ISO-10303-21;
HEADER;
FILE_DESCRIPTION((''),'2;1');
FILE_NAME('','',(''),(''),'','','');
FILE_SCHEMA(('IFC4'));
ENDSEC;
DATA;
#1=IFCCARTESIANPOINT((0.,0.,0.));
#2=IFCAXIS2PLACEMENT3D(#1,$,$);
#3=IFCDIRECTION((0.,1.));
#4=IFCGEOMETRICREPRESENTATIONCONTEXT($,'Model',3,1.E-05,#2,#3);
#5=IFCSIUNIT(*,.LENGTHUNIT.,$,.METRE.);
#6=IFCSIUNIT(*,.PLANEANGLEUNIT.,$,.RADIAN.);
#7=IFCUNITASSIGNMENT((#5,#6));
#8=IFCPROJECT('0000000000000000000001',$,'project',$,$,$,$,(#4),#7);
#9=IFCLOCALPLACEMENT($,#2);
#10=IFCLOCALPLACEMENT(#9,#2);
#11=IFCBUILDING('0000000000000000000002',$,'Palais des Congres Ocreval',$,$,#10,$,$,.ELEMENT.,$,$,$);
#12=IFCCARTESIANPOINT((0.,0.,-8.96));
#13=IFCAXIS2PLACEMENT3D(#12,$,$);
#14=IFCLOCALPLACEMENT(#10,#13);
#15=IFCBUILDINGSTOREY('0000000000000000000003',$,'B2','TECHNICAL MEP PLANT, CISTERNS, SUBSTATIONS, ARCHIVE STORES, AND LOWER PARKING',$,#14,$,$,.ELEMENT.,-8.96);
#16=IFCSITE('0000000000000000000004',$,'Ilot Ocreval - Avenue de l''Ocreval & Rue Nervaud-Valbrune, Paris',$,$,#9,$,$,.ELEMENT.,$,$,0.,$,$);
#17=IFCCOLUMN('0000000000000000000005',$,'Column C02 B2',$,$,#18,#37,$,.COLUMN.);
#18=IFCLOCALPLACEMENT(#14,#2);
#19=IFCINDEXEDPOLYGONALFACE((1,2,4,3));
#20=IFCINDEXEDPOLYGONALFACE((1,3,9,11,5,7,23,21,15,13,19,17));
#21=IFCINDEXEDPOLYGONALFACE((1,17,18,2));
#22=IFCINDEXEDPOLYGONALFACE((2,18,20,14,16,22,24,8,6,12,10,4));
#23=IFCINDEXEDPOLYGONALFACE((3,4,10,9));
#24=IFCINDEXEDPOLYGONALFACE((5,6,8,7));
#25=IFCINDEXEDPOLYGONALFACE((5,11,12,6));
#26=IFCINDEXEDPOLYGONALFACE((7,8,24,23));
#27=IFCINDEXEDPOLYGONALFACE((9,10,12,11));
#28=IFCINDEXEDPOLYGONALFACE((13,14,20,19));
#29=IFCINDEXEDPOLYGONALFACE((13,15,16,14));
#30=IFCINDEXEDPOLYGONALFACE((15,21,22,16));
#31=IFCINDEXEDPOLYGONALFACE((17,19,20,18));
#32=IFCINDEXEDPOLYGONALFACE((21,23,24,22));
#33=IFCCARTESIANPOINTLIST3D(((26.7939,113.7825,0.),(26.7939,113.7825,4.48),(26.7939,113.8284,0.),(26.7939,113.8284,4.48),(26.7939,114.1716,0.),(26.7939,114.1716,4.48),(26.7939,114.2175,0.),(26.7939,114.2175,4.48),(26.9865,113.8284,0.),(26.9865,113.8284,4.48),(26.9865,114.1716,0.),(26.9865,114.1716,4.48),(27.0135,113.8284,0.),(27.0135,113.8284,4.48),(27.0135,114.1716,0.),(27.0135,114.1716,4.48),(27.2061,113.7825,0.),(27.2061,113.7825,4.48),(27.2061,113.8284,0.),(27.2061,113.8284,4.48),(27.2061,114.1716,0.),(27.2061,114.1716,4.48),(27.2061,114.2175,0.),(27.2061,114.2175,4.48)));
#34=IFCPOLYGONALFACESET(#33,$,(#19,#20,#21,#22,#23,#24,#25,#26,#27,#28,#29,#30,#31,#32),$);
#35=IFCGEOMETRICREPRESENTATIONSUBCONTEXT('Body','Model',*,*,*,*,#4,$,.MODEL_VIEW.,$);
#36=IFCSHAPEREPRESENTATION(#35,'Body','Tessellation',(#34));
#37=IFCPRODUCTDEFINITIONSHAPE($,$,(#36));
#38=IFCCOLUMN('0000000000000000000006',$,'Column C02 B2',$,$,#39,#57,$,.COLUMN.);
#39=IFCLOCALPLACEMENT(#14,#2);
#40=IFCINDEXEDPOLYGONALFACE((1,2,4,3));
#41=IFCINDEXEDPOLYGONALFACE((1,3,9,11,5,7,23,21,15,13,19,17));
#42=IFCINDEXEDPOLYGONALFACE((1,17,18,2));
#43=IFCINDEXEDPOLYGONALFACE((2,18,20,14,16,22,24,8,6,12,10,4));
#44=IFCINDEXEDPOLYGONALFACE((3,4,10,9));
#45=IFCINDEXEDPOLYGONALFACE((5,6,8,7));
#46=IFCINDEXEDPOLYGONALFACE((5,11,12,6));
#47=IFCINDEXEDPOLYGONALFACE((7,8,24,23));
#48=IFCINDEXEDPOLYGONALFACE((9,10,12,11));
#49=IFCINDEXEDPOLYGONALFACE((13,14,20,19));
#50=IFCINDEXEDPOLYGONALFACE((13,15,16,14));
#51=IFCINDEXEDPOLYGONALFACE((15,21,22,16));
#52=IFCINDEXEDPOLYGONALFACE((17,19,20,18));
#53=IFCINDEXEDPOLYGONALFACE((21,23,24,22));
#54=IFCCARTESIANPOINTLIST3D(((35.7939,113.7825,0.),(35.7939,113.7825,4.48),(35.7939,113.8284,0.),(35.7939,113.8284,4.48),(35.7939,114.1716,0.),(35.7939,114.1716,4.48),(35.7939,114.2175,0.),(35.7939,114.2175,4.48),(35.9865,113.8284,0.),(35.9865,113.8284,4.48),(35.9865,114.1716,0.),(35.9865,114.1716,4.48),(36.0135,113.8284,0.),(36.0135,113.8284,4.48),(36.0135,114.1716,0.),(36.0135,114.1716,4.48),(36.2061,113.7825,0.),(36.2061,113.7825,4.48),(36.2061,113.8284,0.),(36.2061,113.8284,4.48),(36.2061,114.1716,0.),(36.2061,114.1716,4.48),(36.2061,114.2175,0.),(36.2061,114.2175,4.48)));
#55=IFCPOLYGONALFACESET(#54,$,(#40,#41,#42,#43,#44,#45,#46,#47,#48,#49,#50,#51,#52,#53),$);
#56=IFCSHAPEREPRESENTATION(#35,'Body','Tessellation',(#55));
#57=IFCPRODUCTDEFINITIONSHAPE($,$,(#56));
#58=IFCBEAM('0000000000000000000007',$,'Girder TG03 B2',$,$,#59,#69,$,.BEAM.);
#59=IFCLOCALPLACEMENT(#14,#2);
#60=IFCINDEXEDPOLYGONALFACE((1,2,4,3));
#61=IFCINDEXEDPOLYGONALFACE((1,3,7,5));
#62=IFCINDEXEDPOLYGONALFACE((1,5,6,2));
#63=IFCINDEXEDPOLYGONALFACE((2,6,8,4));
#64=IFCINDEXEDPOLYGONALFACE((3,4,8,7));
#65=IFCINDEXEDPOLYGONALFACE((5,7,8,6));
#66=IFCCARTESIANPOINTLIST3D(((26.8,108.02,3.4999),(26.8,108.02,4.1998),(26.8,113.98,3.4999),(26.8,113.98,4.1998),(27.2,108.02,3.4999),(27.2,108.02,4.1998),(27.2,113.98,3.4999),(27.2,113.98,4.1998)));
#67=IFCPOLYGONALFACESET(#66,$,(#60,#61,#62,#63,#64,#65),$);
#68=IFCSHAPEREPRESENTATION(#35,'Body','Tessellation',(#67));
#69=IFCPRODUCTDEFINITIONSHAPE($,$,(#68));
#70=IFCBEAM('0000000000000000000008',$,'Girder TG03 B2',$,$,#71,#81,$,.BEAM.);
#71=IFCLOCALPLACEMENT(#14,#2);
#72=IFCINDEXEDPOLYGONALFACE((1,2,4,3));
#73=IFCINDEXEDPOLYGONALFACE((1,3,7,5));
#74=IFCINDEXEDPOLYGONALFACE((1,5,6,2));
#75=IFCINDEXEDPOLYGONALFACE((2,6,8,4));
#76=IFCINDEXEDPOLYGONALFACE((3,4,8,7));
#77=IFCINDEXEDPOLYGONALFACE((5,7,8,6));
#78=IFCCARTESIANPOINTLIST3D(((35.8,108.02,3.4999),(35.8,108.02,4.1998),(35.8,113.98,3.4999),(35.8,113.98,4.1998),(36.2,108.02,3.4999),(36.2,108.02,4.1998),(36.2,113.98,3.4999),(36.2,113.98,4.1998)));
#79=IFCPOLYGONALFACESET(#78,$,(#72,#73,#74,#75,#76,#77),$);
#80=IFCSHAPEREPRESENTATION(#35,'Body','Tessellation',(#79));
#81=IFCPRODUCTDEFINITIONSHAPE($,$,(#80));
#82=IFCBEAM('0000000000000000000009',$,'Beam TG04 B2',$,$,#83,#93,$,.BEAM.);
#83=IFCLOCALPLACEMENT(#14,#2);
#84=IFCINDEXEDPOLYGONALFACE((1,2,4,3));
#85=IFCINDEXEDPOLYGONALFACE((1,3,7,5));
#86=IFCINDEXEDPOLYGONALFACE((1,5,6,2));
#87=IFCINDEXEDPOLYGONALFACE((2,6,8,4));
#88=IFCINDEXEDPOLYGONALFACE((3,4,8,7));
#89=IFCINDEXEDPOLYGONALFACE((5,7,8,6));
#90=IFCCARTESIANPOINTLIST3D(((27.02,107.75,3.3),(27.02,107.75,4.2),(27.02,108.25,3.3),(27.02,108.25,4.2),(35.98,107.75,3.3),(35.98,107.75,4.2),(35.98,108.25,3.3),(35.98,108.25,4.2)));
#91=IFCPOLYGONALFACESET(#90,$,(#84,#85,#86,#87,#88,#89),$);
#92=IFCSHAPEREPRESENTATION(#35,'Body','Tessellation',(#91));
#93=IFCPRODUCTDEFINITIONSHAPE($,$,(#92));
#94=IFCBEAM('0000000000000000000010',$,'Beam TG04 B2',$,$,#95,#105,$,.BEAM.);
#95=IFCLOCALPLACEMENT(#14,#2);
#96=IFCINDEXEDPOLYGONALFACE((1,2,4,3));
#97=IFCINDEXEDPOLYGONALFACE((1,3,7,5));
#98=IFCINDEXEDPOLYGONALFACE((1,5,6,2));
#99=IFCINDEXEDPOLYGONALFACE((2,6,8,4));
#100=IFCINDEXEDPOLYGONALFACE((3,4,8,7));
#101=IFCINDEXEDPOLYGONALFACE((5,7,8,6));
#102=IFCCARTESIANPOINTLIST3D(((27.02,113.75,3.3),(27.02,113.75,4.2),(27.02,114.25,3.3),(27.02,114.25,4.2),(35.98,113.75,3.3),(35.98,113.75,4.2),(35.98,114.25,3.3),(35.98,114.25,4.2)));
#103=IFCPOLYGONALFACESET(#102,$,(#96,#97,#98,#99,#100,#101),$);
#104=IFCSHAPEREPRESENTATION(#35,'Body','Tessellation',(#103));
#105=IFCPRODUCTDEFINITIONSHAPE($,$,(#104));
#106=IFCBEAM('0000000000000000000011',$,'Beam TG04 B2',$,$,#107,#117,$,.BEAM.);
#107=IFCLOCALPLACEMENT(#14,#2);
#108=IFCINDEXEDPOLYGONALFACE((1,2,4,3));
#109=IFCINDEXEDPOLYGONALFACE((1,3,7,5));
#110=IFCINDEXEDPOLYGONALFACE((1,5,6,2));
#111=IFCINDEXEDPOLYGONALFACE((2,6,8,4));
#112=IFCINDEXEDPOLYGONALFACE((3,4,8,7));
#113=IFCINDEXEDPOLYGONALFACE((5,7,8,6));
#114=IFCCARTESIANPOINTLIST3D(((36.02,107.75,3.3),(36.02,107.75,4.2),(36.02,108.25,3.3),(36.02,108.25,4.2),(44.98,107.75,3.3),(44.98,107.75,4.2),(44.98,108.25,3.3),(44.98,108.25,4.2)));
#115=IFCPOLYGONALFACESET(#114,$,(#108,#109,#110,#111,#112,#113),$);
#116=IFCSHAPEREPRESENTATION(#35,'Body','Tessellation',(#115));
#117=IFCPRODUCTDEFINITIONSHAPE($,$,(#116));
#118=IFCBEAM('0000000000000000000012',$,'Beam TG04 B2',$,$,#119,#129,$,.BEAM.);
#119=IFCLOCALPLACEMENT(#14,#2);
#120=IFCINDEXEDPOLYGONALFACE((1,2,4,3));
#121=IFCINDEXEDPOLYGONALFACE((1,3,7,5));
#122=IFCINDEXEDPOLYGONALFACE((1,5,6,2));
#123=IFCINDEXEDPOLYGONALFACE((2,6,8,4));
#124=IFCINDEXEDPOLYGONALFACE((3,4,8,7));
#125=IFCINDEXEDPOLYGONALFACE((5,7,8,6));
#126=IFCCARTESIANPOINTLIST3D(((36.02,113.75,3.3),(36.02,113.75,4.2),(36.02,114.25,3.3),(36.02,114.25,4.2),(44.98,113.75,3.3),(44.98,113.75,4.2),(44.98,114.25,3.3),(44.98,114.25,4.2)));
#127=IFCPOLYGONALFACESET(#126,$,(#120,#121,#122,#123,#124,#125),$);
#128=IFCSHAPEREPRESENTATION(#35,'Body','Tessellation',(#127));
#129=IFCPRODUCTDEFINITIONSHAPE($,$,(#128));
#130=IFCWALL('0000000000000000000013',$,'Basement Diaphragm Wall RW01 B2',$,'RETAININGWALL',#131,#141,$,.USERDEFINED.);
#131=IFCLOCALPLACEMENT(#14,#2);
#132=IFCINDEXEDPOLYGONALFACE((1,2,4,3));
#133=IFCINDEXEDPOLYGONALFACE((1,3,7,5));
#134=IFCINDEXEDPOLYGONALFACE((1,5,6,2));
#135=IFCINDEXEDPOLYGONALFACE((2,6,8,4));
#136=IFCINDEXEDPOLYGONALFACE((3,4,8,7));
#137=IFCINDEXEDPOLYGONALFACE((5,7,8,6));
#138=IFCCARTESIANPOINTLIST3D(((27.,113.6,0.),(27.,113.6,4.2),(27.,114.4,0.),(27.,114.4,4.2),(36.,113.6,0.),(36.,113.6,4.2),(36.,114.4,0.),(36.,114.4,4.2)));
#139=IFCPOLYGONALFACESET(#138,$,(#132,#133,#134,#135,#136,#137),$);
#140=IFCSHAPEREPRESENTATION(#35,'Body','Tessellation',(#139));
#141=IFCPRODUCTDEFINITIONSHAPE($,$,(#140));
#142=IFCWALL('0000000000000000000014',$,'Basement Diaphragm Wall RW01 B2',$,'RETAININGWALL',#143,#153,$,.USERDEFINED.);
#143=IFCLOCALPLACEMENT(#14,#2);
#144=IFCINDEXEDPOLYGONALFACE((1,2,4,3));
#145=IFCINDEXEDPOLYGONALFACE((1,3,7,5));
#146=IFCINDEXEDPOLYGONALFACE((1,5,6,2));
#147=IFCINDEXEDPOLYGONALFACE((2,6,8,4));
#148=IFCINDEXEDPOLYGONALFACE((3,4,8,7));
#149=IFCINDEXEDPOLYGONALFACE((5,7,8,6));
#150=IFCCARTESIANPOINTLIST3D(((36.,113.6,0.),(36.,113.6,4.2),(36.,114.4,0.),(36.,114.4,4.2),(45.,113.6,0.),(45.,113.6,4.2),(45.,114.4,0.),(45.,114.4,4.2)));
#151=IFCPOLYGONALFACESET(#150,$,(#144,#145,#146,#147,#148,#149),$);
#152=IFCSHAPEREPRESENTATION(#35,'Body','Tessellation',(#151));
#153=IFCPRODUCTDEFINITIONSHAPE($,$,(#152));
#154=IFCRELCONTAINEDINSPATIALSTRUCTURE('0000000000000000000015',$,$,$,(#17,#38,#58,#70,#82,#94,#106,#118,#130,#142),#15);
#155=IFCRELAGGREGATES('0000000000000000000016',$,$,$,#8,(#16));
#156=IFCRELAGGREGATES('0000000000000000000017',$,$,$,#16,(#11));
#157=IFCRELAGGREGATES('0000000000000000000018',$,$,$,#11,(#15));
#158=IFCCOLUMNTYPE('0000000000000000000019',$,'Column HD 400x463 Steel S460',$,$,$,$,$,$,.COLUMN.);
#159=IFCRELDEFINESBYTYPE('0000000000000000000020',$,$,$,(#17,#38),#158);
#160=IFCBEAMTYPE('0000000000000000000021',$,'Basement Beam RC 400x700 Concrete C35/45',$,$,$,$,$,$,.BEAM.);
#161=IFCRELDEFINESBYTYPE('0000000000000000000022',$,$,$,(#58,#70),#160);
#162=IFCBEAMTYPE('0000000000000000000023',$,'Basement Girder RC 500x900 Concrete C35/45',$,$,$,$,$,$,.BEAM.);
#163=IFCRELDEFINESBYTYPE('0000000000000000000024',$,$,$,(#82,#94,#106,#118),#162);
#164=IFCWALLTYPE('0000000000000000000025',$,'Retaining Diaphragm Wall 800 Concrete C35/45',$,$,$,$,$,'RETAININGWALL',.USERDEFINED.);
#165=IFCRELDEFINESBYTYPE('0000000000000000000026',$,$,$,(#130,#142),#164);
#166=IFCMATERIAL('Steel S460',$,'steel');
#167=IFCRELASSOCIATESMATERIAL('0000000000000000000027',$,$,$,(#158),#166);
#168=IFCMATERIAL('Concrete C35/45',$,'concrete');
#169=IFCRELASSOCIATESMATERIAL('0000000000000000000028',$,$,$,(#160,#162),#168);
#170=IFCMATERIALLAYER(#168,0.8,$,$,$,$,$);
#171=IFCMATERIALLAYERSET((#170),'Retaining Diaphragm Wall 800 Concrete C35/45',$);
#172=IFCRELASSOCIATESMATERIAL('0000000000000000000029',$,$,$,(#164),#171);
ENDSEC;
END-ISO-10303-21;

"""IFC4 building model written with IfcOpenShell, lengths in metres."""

from ifc_helpers import new_model, si_unit, direction, frame, frame_2d, origin, origin_2d, place, context, subcontext, project, spatial, rectangle, i_section, extrude, material, layer, layer_set, material_profile, profile_set, type_object, element, save


model = new_model("IFC4")

# Units and contexts
model_context = context("Model", 3, precision=1e-05, world=origin(), true_north=direction((0.0, 1.0)))
body_context = subcontext(model_context, "Body", "Model", "MODEL_VIEW")
ifc_project = project(units=[si_unit("LENGTHUNIT", "METRE"), si_unit("PLANEANGLEUNIT", "RADIAN")], contexts=[model_context])

# Site, building, storey
site_placement = place(None, origin())
site = spatial("IfcSite", under=ifc_project, at=site_placement, Name="Ilot Ocreval - Avenue de l'Ocreval & Rue Nervaud-Valbrune, Paris", CompositionType="ELEMENT", RefElevation=0.0)
building_placement = place(site_placement, origin())
building = spatial("IfcBuilding", under=site, at=building_placement, Name="Palais des Congres Ocreval", CompositionType="ELEMENT")
storey_placement = place(building_placement, frame((0.0, 0.0, -8.96)))
storey = spatial("IfcBuildingStorey", under=building, at=storey_placement, Name="B2", Description="TECHNICAL MEP PLANT, CISTERNS, SUBSTATIONS, ARCHIVE STORES, AND LOWER PARKING", CompositionType="ELEMENT", Elevation=-8.96)

# Shared definitions
ifc_material_1 = material(Name="Concrete C35/45", Category="concrete")

# Columns
ifc_material_2 = material(Name="Steel S460", Category="steel")
ifc_material_profile_1 = material_profile(ifc_material_2, i_section(OverallWidth=0.4121, OverallDepth=0.4351, WebThickness=0.0271, FlangeThickness=0.0459, at=origin_2d()), Name="HD 400x463")
ifc_profile_set_1 = profile_set([ifc_material_profile_1], Name="Steel S460")
column_type_1 = type_object("IfcColumnType", Name="Column HD 400x463 Steel S460", PredefinedType="COLUMN", material=ifc_profile_set_1)
for number, where, z_axis, x_axis, name in (
    (1, (27.0, 114.0, 0.0), (0.0, 0.0, 1.0), (1.0, 0.0, 0.0), "Column C02 B2"),
    (2, (36.0, 114.0, 0.0), (0.0, 0.0, 1.0), (1.0, 0.0, 0.0), "Column C02 B2"),
):
    element("IfcColumn", number, at=place(storey_placement, frame(where, z_axis=z_axis, x_axis=x_axis)), inside=storey, type_object=column_type_1, Name=name, PredefinedType="COLUMN", context=body_context, shape_type="SweptSolid", body=[
        extrude(i_section(OverallWidth=0.4121, OverallDepth=0.4351, WebThickness=0.0271, FlangeThickness=0.0459, at=origin_2d()), origin(), (0.0, 0.0, 1.0), 4.48),
    ])

# Beams
ifc_material_profile_2 = material_profile(ifc_material_1, rectangle(XDim=0.3999, YDim=0.7, at=origin_2d()), Name="RC 400x700")
ifc_profile_set_2 = profile_set([ifc_material_profile_2], Name="Concrete C35/45")
beam_type_1 = type_object("IfcBeamType", Name="Basement Beam RC 400x700 Concrete C35/45", PredefinedType="BEAM", material=ifc_profile_set_2)
for number, where, z_axis, x_axis, name in (
    (3, (27.0, 108.02, 3.8499), (0.0, 1.0, 0.0), (-1.0, 0.0, 0.0), "Girder TG03 B2"),
    (4, (36.0, 108.02, 3.8499), (0.0, 1.0, 0.0), (-1.0, 0.0, 0.0), "Girder TG03 B2"),
):
    element("IfcBeam", number, at=place(storey_placement, frame(where, z_axis=z_axis, x_axis=x_axis)), inside=storey, type_object=beam_type_1, Name=name, PredefinedType="BEAM", context=body_context, shape_type="SweptSolid", body=[
        extrude(rectangle(XDim=0.3999, YDim=0.7, at=origin_2d()), origin(), (0.0, 0.0, 1.0), 5.96),
    ])
ifc_material_profile_3 = material_profile(ifc_material_1, rectangle(XDim=0.5, YDim=0.8999, at=origin_2d()), Name="RC 500x900")
ifc_profile_set_3 = profile_set([ifc_material_profile_3], Name="Concrete C35/45")
beam_type_2 = type_object("IfcBeamType", Name="Basement Girder RC 500x900 Concrete C35/45", PredefinedType="BEAM", material=ifc_profile_set_3)
for number, where, z_axis, x_axis, name in (
    (5, (27.02, 108.0, 3.75), (1.0, 0.0, 0.0), (0.0, 1.0, 0.0), "Beam TG04 B2"),
    (6, (27.02, 114.0, 3.75), (1.0, 0.0, 0.0), (0.0, 1.0, 0.0), "Beam TG04 B2"),
    (7, (36.02, 108.0, 3.75), (1.0, 0.0, 0.0), (0.0, 1.0, 0.0), "Beam TG04 B2"),
    (8, (36.02, 114.0, 3.75), (1.0, 0.0, 0.0), (0.0, 1.0, 0.0), "Beam TG04 B2"),
):
    element("IfcBeam", number, at=place(storey_placement, frame(where, z_axis=z_axis, x_axis=x_axis)), inside=storey, type_object=beam_type_2, Name=name, PredefinedType="BEAM", context=body_context, shape_type="SweptSolid", body=[
        extrude(rectangle(XDim=0.5, YDim=0.8999, at=origin_2d()), origin(), (0.0, 0.0, 1.0), 8.96),
    ])

# Walls
ifc_layer = layer(ifc_material_1, 0.8)
ifc_layer_set = layer_set([ifc_layer], Name="Retaining Diaphragm Wall 800 Concrete C35/45")
wall_type = type_object("IfcWallType", Name="Retaining Diaphragm Wall 800 Concrete C35/45", ElementType="RETAININGWALL", PredefinedType="USERDEFINED", material=ifc_layer_set)
for number, where, z_axis, x_axis, name in (
    (9, (27.0, 114.0, 0.0), (0.0, 0.0, 1.0), (1.0, 0.0, 0.0), "Basement Diaphragm Wall RW01 B2"),
    (10, (36.0, 114.0, 0.0), (0.0, 0.0, 1.0), (1.0, 0.0, 0.0), "Basement Diaphragm Wall RW01 B2"),
):
    element("IfcWall", number, at=place(storey_placement, frame(where, z_axis=z_axis, x_axis=x_axis)), inside=storey, type_object=wall_type, Name=name, ObjectType="RETAININGWALL", PredefinedType="USERDEFINED", context=body_context, shape_type="SweptSolid", body=[
        extrude(rectangle(XDim=9.0, YDim=0.8, at=frame_2d((4.5, 0.0))), origin(), (0.0, 0.0, 1.0), 4.2),
    ])

save(model, "model.ifc")
